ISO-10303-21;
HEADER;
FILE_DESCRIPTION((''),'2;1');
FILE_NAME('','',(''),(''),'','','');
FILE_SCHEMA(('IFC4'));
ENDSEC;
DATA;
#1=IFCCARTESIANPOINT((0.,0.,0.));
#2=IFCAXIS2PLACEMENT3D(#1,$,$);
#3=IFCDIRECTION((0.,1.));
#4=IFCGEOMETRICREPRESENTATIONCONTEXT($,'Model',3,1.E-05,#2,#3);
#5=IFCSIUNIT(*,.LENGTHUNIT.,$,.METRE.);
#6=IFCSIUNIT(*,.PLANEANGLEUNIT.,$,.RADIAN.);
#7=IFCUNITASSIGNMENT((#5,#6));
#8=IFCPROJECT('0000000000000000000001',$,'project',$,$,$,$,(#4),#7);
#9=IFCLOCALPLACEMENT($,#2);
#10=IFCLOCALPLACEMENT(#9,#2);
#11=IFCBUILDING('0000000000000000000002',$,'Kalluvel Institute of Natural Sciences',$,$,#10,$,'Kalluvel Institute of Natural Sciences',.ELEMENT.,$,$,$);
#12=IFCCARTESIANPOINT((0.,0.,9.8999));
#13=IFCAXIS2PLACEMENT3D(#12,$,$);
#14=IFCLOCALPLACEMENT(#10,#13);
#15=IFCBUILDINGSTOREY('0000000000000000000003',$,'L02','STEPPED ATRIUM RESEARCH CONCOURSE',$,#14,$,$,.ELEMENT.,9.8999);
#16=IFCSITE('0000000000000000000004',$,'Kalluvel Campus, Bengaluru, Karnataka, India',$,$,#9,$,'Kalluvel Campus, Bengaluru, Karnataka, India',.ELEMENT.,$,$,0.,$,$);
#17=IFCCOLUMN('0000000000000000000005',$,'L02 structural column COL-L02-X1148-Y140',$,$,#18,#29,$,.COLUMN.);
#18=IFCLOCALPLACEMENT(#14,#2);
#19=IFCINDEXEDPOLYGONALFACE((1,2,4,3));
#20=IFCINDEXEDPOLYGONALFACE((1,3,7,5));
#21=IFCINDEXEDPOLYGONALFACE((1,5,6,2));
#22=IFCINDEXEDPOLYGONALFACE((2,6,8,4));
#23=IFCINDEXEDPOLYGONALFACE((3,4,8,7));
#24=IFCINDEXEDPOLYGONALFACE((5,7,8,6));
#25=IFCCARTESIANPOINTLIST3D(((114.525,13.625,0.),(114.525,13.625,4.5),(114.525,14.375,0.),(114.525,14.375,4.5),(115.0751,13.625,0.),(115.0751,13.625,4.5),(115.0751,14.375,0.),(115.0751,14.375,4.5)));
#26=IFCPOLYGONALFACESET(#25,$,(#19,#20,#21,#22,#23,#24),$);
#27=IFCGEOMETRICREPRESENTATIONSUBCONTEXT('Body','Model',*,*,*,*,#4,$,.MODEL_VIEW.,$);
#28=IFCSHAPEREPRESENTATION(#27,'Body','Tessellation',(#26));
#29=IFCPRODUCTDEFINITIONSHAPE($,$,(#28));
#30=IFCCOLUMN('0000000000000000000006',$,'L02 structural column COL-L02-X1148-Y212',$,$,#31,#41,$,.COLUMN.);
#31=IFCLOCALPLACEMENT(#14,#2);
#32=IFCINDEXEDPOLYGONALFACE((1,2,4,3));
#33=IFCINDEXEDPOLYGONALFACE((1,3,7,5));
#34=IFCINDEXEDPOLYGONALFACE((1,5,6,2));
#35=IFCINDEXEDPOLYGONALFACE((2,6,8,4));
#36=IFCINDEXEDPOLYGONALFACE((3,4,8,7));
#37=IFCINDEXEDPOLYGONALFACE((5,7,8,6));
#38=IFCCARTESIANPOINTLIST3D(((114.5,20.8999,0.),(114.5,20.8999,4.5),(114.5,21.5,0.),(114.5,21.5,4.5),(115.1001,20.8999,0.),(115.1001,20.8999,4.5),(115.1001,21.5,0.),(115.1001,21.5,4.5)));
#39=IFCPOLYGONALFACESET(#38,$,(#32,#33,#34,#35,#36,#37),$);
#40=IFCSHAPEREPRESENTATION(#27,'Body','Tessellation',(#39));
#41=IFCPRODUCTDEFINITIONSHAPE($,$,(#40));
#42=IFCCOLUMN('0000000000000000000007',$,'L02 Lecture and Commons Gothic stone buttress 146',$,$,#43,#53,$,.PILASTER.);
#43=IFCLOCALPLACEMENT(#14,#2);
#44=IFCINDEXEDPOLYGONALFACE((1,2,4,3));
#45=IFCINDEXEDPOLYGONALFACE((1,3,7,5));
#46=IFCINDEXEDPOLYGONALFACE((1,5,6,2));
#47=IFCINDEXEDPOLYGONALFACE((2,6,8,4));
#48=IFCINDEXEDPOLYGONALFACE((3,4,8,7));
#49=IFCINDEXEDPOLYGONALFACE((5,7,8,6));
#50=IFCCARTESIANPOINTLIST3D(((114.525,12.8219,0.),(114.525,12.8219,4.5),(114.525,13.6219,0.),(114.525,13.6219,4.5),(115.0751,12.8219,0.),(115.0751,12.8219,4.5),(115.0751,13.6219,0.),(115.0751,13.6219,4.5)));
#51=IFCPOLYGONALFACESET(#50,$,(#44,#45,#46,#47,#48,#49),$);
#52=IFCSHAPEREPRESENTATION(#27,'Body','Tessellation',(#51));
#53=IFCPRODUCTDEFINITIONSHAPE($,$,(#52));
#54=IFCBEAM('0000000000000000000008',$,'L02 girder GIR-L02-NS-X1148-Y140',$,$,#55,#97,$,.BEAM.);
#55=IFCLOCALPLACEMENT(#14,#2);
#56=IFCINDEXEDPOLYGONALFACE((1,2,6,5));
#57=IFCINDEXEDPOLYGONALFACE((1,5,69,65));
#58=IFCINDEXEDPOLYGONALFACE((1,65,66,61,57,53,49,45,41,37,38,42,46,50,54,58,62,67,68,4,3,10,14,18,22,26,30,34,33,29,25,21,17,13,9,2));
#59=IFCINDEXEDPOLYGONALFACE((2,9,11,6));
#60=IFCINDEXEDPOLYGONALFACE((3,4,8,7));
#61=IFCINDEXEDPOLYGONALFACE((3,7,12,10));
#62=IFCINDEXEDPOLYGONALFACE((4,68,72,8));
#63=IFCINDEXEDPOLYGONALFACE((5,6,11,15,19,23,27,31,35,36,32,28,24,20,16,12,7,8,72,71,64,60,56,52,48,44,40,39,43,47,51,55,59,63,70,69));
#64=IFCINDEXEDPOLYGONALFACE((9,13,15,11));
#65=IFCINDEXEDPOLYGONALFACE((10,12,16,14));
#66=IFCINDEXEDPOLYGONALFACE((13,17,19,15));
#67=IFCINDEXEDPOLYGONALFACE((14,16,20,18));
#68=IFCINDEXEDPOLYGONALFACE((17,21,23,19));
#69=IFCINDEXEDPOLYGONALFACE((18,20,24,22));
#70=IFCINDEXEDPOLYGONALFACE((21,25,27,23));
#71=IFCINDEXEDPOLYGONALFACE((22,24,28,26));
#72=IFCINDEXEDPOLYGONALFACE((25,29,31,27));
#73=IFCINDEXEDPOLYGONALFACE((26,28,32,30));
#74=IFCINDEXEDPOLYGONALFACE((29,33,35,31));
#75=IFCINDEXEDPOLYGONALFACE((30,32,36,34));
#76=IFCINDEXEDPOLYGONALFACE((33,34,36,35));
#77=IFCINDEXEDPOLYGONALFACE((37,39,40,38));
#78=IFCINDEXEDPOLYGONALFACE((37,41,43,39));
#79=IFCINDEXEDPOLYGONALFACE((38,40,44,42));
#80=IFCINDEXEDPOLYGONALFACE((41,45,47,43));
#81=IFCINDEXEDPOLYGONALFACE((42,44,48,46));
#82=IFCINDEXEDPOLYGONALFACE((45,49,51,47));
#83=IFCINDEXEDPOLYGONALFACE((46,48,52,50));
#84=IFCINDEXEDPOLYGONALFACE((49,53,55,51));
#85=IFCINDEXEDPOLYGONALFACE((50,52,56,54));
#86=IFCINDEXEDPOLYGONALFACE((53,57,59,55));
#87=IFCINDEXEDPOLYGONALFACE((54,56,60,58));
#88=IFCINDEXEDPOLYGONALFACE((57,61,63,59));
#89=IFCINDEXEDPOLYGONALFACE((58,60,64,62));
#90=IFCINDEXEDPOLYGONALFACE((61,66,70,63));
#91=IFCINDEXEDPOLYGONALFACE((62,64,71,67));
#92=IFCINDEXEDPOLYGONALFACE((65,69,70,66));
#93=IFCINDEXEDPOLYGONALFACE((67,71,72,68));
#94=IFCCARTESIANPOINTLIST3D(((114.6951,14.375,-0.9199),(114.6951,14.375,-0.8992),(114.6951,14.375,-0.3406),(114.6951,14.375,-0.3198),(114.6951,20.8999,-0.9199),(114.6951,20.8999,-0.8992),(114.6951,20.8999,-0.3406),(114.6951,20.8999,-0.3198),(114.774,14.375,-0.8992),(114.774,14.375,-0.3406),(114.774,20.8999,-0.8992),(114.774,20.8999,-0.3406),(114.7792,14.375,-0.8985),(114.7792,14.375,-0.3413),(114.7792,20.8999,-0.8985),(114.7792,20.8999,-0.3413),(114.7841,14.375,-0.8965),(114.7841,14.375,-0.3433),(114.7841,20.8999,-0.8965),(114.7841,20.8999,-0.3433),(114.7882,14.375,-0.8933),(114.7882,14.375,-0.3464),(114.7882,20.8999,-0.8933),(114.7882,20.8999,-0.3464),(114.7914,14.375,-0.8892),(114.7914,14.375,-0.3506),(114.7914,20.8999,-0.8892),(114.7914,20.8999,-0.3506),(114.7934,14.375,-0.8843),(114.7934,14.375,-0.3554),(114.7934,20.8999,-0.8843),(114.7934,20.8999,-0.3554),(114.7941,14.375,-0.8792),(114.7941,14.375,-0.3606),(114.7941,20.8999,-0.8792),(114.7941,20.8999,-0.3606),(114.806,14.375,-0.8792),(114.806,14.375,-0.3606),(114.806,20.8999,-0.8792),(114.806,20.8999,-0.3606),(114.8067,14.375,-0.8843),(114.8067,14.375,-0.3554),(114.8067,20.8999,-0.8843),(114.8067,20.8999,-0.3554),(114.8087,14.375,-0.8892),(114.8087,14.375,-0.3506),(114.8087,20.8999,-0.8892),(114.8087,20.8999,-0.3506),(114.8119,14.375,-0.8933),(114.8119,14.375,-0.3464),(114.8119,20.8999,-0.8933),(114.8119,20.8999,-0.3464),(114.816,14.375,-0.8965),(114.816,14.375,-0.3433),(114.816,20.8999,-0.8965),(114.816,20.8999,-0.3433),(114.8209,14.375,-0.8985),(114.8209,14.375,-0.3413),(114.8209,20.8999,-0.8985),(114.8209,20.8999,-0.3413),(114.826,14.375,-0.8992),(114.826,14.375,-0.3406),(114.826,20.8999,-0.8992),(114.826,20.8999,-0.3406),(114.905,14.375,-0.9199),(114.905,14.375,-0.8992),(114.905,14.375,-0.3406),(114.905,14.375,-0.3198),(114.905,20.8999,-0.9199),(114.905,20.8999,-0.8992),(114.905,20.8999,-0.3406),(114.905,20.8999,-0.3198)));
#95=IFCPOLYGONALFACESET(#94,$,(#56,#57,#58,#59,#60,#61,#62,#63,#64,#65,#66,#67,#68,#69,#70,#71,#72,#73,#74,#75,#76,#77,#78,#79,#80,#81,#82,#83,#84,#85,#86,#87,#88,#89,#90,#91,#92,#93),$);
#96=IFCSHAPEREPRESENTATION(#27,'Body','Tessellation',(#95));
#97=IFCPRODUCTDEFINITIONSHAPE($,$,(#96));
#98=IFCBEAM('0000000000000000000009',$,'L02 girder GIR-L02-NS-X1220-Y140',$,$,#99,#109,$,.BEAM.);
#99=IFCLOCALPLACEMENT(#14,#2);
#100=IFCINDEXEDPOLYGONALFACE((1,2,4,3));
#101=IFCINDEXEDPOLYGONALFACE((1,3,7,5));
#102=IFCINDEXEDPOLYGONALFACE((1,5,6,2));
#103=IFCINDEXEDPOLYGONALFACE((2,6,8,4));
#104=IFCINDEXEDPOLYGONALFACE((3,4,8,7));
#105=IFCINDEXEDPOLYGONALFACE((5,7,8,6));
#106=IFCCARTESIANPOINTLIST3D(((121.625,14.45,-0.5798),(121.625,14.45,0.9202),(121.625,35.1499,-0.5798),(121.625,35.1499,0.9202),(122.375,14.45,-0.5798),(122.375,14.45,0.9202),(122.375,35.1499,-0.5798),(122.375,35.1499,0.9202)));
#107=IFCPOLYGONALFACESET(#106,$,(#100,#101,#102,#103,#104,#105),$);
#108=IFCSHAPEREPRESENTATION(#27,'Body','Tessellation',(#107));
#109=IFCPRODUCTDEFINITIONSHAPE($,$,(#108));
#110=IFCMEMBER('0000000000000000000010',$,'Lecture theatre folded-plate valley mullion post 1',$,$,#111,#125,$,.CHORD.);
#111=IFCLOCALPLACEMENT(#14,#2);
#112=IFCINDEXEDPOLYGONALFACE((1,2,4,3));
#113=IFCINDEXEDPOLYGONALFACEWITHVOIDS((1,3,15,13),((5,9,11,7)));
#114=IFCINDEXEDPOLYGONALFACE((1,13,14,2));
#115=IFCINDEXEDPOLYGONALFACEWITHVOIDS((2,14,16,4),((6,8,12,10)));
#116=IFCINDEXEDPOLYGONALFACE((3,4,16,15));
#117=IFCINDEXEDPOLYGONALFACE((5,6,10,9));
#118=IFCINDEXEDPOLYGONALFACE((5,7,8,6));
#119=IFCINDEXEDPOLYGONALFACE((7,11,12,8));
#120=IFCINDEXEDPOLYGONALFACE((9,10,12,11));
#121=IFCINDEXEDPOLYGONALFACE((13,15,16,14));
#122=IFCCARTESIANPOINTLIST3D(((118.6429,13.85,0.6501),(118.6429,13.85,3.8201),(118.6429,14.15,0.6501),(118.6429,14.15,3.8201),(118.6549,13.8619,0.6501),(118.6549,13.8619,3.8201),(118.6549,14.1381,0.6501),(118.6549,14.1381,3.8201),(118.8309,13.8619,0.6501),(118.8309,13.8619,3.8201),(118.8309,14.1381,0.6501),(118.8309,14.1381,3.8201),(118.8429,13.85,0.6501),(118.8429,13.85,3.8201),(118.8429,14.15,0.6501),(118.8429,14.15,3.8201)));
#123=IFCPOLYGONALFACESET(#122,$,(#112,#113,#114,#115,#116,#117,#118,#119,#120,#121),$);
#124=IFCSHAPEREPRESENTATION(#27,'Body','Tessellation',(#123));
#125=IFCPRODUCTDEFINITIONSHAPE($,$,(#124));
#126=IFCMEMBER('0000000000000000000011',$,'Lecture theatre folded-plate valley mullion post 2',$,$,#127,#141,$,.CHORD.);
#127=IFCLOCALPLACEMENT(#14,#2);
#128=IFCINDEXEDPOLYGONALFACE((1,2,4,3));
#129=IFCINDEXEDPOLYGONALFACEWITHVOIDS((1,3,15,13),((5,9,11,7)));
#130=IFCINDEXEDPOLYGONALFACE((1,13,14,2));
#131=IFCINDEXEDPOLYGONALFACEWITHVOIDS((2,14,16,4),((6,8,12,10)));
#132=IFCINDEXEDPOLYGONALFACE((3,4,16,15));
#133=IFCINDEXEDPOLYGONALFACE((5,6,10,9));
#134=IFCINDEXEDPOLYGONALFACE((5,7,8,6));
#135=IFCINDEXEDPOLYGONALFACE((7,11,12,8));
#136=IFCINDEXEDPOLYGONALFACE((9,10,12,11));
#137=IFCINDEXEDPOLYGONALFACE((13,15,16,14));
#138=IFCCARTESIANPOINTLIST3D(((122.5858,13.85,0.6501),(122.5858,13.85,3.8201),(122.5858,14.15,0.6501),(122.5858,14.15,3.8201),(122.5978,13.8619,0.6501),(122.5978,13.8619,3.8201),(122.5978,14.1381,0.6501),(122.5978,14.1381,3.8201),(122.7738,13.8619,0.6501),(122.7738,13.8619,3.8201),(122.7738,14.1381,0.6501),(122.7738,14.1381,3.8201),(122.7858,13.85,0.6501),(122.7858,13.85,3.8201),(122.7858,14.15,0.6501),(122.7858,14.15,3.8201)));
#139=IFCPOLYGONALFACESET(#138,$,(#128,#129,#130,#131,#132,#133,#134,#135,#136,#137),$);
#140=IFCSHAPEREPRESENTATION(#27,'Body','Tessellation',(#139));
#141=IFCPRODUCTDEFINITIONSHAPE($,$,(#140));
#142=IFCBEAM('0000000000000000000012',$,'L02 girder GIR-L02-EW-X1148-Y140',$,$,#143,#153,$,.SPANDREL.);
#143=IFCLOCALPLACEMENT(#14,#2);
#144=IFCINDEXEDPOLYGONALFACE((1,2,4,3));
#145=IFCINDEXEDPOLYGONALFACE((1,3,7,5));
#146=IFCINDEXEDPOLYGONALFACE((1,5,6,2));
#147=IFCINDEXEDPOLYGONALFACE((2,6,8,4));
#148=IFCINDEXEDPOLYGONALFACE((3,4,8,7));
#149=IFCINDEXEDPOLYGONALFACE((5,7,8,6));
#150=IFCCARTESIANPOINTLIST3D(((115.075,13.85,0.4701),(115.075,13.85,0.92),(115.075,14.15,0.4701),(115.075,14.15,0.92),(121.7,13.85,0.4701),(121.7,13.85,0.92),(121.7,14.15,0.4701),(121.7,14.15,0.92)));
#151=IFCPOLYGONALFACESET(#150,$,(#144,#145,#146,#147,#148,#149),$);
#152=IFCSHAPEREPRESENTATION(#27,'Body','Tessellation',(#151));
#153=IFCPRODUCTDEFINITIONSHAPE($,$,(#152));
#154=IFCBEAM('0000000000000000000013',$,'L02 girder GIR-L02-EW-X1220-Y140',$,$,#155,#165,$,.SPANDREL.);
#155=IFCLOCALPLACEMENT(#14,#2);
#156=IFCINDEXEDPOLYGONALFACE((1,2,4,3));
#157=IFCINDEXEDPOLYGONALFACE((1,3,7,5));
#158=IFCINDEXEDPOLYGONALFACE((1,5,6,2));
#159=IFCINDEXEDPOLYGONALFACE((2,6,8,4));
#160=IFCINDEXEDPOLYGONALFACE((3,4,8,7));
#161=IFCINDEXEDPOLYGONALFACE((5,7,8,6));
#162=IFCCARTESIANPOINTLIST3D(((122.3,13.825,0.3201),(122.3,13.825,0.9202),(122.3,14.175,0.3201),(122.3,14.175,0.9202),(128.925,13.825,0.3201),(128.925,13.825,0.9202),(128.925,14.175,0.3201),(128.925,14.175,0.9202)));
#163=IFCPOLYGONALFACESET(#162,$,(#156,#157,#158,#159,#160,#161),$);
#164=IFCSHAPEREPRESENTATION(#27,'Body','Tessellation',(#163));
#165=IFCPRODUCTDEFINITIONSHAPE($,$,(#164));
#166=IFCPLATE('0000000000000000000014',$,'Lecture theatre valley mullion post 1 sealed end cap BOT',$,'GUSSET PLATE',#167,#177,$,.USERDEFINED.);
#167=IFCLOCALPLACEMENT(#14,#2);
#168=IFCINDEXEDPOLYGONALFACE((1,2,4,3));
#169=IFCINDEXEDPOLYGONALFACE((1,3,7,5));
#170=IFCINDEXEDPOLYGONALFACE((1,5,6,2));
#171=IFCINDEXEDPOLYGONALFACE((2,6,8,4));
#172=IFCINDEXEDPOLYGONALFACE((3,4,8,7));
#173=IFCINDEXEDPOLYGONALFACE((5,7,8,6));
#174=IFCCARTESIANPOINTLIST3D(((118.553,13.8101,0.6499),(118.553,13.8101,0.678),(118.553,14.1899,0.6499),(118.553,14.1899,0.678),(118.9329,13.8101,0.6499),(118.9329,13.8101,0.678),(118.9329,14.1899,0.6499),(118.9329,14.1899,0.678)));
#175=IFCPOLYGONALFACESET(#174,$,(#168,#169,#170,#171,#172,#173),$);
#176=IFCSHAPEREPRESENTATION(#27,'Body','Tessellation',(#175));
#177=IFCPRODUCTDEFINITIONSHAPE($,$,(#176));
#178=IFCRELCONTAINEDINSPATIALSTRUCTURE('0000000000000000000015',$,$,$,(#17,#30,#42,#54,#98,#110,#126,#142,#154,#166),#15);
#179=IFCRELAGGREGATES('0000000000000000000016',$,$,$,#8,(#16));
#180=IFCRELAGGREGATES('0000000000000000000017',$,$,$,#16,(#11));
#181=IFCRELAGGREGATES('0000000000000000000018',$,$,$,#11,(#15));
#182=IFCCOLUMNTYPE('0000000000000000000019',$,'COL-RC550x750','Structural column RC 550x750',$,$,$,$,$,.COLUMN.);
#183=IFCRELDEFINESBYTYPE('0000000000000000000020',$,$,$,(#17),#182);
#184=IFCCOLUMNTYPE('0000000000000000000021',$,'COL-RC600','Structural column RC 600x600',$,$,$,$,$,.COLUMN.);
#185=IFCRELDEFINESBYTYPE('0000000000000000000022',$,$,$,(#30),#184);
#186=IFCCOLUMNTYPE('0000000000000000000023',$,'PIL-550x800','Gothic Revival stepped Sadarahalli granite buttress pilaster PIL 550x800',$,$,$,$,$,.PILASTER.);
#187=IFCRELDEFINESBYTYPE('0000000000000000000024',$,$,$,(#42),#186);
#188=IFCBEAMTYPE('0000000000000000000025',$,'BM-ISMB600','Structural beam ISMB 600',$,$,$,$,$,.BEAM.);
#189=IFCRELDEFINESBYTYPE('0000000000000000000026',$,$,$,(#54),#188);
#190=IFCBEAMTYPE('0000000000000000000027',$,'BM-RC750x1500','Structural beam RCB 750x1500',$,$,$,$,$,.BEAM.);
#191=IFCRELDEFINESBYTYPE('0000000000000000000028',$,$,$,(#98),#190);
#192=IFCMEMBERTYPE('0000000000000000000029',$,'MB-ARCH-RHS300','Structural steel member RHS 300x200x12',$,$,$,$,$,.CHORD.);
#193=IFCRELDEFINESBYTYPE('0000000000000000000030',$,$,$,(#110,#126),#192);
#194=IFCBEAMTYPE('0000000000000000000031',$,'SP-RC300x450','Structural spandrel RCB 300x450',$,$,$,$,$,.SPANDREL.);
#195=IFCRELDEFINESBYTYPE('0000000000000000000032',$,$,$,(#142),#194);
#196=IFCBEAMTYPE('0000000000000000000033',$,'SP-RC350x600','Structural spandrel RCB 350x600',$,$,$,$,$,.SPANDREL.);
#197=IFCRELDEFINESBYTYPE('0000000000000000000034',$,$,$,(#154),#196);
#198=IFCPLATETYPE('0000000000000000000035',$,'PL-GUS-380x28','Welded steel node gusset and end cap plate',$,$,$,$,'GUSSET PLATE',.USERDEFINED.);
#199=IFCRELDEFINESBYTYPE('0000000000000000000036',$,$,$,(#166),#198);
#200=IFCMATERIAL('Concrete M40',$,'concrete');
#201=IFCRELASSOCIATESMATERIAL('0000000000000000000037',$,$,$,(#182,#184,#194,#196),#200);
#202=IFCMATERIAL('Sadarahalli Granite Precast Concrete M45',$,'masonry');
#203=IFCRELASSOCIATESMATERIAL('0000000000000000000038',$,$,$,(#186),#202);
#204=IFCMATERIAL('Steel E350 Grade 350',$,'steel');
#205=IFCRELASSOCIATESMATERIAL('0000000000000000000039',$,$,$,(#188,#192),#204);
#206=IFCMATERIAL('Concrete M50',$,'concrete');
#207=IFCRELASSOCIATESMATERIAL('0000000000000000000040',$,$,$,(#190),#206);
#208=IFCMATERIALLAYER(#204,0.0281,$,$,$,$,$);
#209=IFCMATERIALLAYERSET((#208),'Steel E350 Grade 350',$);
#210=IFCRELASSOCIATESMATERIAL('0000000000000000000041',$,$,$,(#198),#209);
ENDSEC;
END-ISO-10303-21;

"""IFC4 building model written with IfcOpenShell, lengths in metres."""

from ifc_helpers import new_model, si_unit, direction, frame, origin, origin_2d, place, context, subcontext, project, spatial, rectangle, hollow_rectangle, i_section, extrude, material, layer, layer_set, material_profile, profile_set, type_object, element, save


model = new_model("IFC4")

# Units and contexts
model_context = context("Model", 3, precision=1e-05, world=origin(), true_north=direction((0.0, 1.0)))
body_context = subcontext(model_context, "Body", "Model", "MODEL_VIEW")
ifc_project = project(units=[si_unit("LENGTHUNIT", "METRE"), si_unit("PLANEANGLEUNIT", "RADIAN")], contexts=[model_context])

# Site, building, storey
site_placement = place(None, origin())
site = spatial("IfcSite", under=ifc_project, at=site_placement, Name="Kalluvel Campus, Bengaluru, Karnataka, India", LongName="Kalluvel Campus, Bengaluru, Karnataka, India", CompositionType="ELEMENT", RefElevation=0.0)
building_placement = place(site_placement, origin())
building = spatial("IfcBuilding", under=site, at=building_placement, Name="Kalluvel Institute of Natural Sciences", LongName="Kalluvel Institute of Natural Sciences", CompositionType="ELEMENT")
storey_placement = place(building_placement, frame((0.0, 0.0, 9.8999)))
storey = spatial("IfcBuildingStorey", under=building, at=storey_placement, Name="L02", Description="STEPPED ATRIUM RESEARCH CONCOURSE", CompositionType="ELEMENT", Elevation=9.8999)

# Columns
ifc_material_1 = material(Name="Concrete M40", Category="concrete")
ifc_material_profile_1 = material_profile(ifc_material_1, rectangle(XDim=0.55, YDim=0.75, at=origin_2d()), Name="RC 550x750")
ifc_profile_set_1 = profile_set([ifc_material_profile_1], Name="Concrete M40")
column_type_1 = type_object("IfcColumnType", Name="COL-RC550x750", Description="Structural column RC 550x750", PredefinedType="COLUMN", material=ifc_profile_set_1)
column_1_placement = place(storey_placement, frame((114.8, 14.0, 0.0), z_axis=(0.0, 0.0, 1.0), x_axis=(1.0, 0.0, 0.0)))
element("IfcColumn", 1, at=column_1_placement, inside=storey, type_object=column_type_1, Name="L02 structural column COL-L02-X1148-Y140", PredefinedType="COLUMN", context=body_context, shape_type="SweptSolid", body=[
    extrude(rectangle(XDim=0.55, YDim=0.75, at=origin_2d()), origin(), (0.0, 0.0, 1.0), 4.5),
])
ifc_material_profile_2 = material_profile(ifc_material_1, rectangle(XDim=0.6001, YDim=0.6001, at=origin_2d()), Name="RC 600x600")
ifc_profile_set_2 = profile_set([ifc_material_profile_2], Name="Concrete M40")
column_type_2 = type_object("IfcColumnType", Name="COL-RC600", Description="Structural column RC 600x600", PredefinedType="COLUMN", material=ifc_profile_set_2)
column_2_placement = place(storey_placement, frame((114.8, 21.2, 0.0), z_axis=(0.0, 0.0, 1.0), x_axis=(1.0, 0.0, 0.0)))
element("IfcColumn", 2, at=column_2_placement, inside=storey, type_object=column_type_2, Name="L02 structural column COL-L02-X1148-Y212", PredefinedType="COLUMN", context=body_context, shape_type="SweptSolid", body=[
    extrude(rectangle(XDim=0.6001, YDim=0.6001, at=origin_2d()), origin(), (0.0, 0.0, 1.0), 4.5),
])
ifc_material_2 = material(Name="Sadarahalli Granite Precast Concrete M45", Category="masonry")
ifc_material_profile_3 = material_profile(ifc_material_2, rectangle(XDim=0.55, YDim=0.8, at=origin_2d()), Name="PIL 550x800")
ifc_profile_set_3 = profile_set([ifc_material_profile_3], Name="Sadarahalli Granite Precast Concrete M45")
column_type_3 = type_object("IfcColumnType", Name="PIL-550x800", Description="Gothic Revival stepped Sadarahalli granite buttress pilaster PIL 550x800", PredefinedType="PILASTER", material=ifc_profile_set_3)
column_3_placement = place(storey_placement, frame((114.8, 13.2219, 0.0), z_axis=(0.0, 0.0, 1.0), x_axis=(1.0, 0.0, 0.0)))
element("IfcColumn", 3, at=column_3_placement, inside=storey, type_object=column_type_3, Name="L02 Lecture and Commons Gothic stone buttress 146", PredefinedType="PILASTER", context=body_context, shape_type="SweptSolid", body=[
    extrude(rectangle(XDim=0.55, YDim=0.8, at=origin_2d()), origin(), (0.0, 0.0, 1.0), 4.5),
])

# Beams
ifc_material_3 = material(Name="Steel E350 Grade 350", Category="steel")
ifc_material_profile_4 = material_profile(ifc_material_3, i_section(OverallWidth=0.21, OverallDepth=0.6001, WebThickness=0.012, FlangeThickness=0.0208, FilletRadius=0.02, at=origin_2d()), Name="ISMB 600")
ifc_profile_set_4 = profile_set([ifc_material_profile_4], Name="Steel E350 Grade 350")
beam_type_1 = type_object("IfcBeamType", Name="BM-ISMB600", Description="Structural beam ISMB 600", PredefinedType="BEAM", material=ifc_profile_set_4)
beam_1_placement = place(storey_placement, frame((114.8, 14.375, -0.6199), z_axis=(0.0, 1.0, 0.0), x_axis=(-1.0, 0.0, 0.0)))
element("IfcBeam", 4, at=beam_1_placement, inside=storey, type_object=beam_type_1, Name="L02 girder GIR-L02-NS-X1148-Y140", PredefinedType="BEAM", context=body_context, shape_type="SweptSolid", body=[
    extrude(i_section(OverallWidth=0.21, OverallDepth=0.6001, WebThickness=0.012, FlangeThickness=0.0208, FilletRadius=0.02, at=origin_2d()), origin(), (0.0, 0.0, 1.0), 6.5249),
])
ifc_material_4 = material(Name="Concrete M50", Category="concrete")
ifc_material_profile_5 = material_profile(ifc_material_4, rectangle(XDim=0.75, YDim=1.5, at=origin_2d()), Name="RCB 750x1500")
ifc_profile_set_5 = profile_set([ifc_material_profile_5], Name="Concrete M50")
beam_type_2 = type_object("IfcBeamType", Name="BM-RC750x1500", Description="Structural beam RCB 750x1500", PredefinedType="BEAM", material=ifc_profile_set_5)
beam_2_placement = place(storey_placement, frame((122.0, 14.45, 0.1702), z_axis=(0.0, 1.0, 0.0), x_axis=(-1.0, 0.0, 0.0)))
element("IfcBeam", 5, at=beam_2_placement, inside=storey, type_object=beam_type_2, Name="L02 girder GIR-L02-NS-X1220-Y140", PredefinedType="BEAM", context=body_context, shape_type="SweptSolid", body=[
    extrude(rectangle(XDim=0.75, YDim=1.5, at=origin_2d()), origin(), (0.0, 0.0, 1.0), 20.7),
])

# Members
ifc_material_profile_6 = material_profile(ifc_material_3, hollow_rectangle(XDim=0.2, YDim=0.3, WallThickness=0.012, at=origin_2d()), Name="RHS 300x200x12")
ifc_profile_set_6 = profile_set([ifc_material_profile_6], Name="Steel E350 Grade 350")
member_type = type_object("IfcMemberType", Name="MB-ARCH-RHS300", Description="Structural steel member RHS 300x200x12", PredefinedType="CHORD", material=ifc_profile_set_6)
for number, where, z_axis, x_axis, name in (
    (6, (118.7429, 14.0, 0.6501), (0.0, 0.0, 1.0), (1.0, 0.0, 0.0), "Lecture theatre folded-plate valley mullion post 1"),
    (7, (122.6858, 14.0, 0.6501), (0.0, 0.0, 1.0), (1.0, 0.0, 0.0), "Lecture theatre folded-plate valley mullion post 2"),
):
    element("IfcMember", number, at=place(storey_placement, frame(where, z_axis=z_axis, x_axis=x_axis)), inside=storey, type_object=member_type, Name=name, PredefinedType="CHORD", context=body_context, shape_type="SweptSolid", body=[
        extrude(hollow_rectangle(XDim=0.2, YDim=0.3, WallThickness=0.012, at=origin_2d()), origin(), (0.0, 0.0, 1.0), 3.1699),
    ])

# Beams
ifc_material_profile_7 = material_profile(ifc_material_1, rectangle(XDim=0.3, YDim=0.45, at=origin_2d()), Name="RCB 300x450")
ifc_profile_set_7 = profile_set([ifc_material_profile_7], Name="Concrete M40")
beam_type_3 = type_object("IfcBeamType", Name="SP-RC300x450", Description="Structural spandrel RCB 300x450", PredefinedType="SPANDREL", material=ifc_profile_set_7)
beam_3_placement = place(storey_placement, frame((115.075, 14.0, 0.6951), z_axis=(1.0, 0.0, 0.0), x_axis=(0.0, 1.0, 0.0)))
element("IfcBeam", 8, at=beam_3_placement, inside=storey, type_object=beam_type_3, Name="L02 girder GIR-L02-EW-X1148-Y140", PredefinedType="SPANDREL", context=body_context, shape_type="SweptSolid", body=[
    extrude(rectangle(XDim=0.3, YDim=0.45, at=origin_2d()), origin(), (0.0, 0.0, 1.0), 6.625),
])
ifc_material_profile_8 = material_profile(ifc_material_1, rectangle(XDim=0.3501, YDim=0.6001, at=origin_2d()), Name="RCB 350x600")
ifc_profile_set_8 = profile_set([ifc_material_profile_8], Name="Concrete M40")
beam_type_4 = type_object("IfcBeamType", Name="SP-RC350x600", Description="Structural spandrel RCB 350x600", PredefinedType="SPANDREL", material=ifc_profile_set_8)
beam_4_placement = place(storey_placement, frame((122.3, 14.0, 0.6201), z_axis=(1.0, 0.0, 0.0), x_axis=(0.0, 1.0, 0.0)))
element("IfcBeam", 9, at=beam_4_placement, inside=storey, type_object=beam_type_4, Name="L02 girder GIR-L02-EW-X1220-Y140", PredefinedType="SPANDREL", context=body_context, shape_type="SweptSolid", body=[
    extrude(rectangle(XDim=0.3501, YDim=0.6001, at=origin_2d()), origin(), (0.0, 0.0, 1.0), 6.625),
])

# Plate
ifc_layer_1 = layer(ifc_material_3, 0.0281)
ifc_layer_set_1 = layer_set([ifc_layer_1], Name="Steel E350 Grade 350")
plate_type = type_object("IfcPlateType", Name="PL-GUS-380x28", Description="Welded steel node gusset and end cap plate", ElementType="GUSSET PLATE", PredefinedType="USERDEFINED", material=ifc_layer_set_1)
for number, where, z_axis, x_axis, name in (
    (10, (118.7429, 14.0, 0.6499), (0.0, 0.0, 1.0), (1.0, 0.0, 0.0), "Lecture theatre valley mullion post 1 sealed end cap BOT"),
):
    element("IfcPlate", number, at=place(storey_placement, frame(where, z_axis=z_axis, x_axis=x_axis)), inside=storey, type_object=plate_type, Name=name, ObjectType="GUSSET PLATE", PredefinedType="USERDEFINED", context=body_context, shape_type="SweptSolid", body=[
        extrude(rectangle(XDim=0.3799, YDim=0.3799, at=origin_2d()), origin(), (0.0, 0.0, 1.0), 0.0281),
    ])

save(model, "model.ifc")
